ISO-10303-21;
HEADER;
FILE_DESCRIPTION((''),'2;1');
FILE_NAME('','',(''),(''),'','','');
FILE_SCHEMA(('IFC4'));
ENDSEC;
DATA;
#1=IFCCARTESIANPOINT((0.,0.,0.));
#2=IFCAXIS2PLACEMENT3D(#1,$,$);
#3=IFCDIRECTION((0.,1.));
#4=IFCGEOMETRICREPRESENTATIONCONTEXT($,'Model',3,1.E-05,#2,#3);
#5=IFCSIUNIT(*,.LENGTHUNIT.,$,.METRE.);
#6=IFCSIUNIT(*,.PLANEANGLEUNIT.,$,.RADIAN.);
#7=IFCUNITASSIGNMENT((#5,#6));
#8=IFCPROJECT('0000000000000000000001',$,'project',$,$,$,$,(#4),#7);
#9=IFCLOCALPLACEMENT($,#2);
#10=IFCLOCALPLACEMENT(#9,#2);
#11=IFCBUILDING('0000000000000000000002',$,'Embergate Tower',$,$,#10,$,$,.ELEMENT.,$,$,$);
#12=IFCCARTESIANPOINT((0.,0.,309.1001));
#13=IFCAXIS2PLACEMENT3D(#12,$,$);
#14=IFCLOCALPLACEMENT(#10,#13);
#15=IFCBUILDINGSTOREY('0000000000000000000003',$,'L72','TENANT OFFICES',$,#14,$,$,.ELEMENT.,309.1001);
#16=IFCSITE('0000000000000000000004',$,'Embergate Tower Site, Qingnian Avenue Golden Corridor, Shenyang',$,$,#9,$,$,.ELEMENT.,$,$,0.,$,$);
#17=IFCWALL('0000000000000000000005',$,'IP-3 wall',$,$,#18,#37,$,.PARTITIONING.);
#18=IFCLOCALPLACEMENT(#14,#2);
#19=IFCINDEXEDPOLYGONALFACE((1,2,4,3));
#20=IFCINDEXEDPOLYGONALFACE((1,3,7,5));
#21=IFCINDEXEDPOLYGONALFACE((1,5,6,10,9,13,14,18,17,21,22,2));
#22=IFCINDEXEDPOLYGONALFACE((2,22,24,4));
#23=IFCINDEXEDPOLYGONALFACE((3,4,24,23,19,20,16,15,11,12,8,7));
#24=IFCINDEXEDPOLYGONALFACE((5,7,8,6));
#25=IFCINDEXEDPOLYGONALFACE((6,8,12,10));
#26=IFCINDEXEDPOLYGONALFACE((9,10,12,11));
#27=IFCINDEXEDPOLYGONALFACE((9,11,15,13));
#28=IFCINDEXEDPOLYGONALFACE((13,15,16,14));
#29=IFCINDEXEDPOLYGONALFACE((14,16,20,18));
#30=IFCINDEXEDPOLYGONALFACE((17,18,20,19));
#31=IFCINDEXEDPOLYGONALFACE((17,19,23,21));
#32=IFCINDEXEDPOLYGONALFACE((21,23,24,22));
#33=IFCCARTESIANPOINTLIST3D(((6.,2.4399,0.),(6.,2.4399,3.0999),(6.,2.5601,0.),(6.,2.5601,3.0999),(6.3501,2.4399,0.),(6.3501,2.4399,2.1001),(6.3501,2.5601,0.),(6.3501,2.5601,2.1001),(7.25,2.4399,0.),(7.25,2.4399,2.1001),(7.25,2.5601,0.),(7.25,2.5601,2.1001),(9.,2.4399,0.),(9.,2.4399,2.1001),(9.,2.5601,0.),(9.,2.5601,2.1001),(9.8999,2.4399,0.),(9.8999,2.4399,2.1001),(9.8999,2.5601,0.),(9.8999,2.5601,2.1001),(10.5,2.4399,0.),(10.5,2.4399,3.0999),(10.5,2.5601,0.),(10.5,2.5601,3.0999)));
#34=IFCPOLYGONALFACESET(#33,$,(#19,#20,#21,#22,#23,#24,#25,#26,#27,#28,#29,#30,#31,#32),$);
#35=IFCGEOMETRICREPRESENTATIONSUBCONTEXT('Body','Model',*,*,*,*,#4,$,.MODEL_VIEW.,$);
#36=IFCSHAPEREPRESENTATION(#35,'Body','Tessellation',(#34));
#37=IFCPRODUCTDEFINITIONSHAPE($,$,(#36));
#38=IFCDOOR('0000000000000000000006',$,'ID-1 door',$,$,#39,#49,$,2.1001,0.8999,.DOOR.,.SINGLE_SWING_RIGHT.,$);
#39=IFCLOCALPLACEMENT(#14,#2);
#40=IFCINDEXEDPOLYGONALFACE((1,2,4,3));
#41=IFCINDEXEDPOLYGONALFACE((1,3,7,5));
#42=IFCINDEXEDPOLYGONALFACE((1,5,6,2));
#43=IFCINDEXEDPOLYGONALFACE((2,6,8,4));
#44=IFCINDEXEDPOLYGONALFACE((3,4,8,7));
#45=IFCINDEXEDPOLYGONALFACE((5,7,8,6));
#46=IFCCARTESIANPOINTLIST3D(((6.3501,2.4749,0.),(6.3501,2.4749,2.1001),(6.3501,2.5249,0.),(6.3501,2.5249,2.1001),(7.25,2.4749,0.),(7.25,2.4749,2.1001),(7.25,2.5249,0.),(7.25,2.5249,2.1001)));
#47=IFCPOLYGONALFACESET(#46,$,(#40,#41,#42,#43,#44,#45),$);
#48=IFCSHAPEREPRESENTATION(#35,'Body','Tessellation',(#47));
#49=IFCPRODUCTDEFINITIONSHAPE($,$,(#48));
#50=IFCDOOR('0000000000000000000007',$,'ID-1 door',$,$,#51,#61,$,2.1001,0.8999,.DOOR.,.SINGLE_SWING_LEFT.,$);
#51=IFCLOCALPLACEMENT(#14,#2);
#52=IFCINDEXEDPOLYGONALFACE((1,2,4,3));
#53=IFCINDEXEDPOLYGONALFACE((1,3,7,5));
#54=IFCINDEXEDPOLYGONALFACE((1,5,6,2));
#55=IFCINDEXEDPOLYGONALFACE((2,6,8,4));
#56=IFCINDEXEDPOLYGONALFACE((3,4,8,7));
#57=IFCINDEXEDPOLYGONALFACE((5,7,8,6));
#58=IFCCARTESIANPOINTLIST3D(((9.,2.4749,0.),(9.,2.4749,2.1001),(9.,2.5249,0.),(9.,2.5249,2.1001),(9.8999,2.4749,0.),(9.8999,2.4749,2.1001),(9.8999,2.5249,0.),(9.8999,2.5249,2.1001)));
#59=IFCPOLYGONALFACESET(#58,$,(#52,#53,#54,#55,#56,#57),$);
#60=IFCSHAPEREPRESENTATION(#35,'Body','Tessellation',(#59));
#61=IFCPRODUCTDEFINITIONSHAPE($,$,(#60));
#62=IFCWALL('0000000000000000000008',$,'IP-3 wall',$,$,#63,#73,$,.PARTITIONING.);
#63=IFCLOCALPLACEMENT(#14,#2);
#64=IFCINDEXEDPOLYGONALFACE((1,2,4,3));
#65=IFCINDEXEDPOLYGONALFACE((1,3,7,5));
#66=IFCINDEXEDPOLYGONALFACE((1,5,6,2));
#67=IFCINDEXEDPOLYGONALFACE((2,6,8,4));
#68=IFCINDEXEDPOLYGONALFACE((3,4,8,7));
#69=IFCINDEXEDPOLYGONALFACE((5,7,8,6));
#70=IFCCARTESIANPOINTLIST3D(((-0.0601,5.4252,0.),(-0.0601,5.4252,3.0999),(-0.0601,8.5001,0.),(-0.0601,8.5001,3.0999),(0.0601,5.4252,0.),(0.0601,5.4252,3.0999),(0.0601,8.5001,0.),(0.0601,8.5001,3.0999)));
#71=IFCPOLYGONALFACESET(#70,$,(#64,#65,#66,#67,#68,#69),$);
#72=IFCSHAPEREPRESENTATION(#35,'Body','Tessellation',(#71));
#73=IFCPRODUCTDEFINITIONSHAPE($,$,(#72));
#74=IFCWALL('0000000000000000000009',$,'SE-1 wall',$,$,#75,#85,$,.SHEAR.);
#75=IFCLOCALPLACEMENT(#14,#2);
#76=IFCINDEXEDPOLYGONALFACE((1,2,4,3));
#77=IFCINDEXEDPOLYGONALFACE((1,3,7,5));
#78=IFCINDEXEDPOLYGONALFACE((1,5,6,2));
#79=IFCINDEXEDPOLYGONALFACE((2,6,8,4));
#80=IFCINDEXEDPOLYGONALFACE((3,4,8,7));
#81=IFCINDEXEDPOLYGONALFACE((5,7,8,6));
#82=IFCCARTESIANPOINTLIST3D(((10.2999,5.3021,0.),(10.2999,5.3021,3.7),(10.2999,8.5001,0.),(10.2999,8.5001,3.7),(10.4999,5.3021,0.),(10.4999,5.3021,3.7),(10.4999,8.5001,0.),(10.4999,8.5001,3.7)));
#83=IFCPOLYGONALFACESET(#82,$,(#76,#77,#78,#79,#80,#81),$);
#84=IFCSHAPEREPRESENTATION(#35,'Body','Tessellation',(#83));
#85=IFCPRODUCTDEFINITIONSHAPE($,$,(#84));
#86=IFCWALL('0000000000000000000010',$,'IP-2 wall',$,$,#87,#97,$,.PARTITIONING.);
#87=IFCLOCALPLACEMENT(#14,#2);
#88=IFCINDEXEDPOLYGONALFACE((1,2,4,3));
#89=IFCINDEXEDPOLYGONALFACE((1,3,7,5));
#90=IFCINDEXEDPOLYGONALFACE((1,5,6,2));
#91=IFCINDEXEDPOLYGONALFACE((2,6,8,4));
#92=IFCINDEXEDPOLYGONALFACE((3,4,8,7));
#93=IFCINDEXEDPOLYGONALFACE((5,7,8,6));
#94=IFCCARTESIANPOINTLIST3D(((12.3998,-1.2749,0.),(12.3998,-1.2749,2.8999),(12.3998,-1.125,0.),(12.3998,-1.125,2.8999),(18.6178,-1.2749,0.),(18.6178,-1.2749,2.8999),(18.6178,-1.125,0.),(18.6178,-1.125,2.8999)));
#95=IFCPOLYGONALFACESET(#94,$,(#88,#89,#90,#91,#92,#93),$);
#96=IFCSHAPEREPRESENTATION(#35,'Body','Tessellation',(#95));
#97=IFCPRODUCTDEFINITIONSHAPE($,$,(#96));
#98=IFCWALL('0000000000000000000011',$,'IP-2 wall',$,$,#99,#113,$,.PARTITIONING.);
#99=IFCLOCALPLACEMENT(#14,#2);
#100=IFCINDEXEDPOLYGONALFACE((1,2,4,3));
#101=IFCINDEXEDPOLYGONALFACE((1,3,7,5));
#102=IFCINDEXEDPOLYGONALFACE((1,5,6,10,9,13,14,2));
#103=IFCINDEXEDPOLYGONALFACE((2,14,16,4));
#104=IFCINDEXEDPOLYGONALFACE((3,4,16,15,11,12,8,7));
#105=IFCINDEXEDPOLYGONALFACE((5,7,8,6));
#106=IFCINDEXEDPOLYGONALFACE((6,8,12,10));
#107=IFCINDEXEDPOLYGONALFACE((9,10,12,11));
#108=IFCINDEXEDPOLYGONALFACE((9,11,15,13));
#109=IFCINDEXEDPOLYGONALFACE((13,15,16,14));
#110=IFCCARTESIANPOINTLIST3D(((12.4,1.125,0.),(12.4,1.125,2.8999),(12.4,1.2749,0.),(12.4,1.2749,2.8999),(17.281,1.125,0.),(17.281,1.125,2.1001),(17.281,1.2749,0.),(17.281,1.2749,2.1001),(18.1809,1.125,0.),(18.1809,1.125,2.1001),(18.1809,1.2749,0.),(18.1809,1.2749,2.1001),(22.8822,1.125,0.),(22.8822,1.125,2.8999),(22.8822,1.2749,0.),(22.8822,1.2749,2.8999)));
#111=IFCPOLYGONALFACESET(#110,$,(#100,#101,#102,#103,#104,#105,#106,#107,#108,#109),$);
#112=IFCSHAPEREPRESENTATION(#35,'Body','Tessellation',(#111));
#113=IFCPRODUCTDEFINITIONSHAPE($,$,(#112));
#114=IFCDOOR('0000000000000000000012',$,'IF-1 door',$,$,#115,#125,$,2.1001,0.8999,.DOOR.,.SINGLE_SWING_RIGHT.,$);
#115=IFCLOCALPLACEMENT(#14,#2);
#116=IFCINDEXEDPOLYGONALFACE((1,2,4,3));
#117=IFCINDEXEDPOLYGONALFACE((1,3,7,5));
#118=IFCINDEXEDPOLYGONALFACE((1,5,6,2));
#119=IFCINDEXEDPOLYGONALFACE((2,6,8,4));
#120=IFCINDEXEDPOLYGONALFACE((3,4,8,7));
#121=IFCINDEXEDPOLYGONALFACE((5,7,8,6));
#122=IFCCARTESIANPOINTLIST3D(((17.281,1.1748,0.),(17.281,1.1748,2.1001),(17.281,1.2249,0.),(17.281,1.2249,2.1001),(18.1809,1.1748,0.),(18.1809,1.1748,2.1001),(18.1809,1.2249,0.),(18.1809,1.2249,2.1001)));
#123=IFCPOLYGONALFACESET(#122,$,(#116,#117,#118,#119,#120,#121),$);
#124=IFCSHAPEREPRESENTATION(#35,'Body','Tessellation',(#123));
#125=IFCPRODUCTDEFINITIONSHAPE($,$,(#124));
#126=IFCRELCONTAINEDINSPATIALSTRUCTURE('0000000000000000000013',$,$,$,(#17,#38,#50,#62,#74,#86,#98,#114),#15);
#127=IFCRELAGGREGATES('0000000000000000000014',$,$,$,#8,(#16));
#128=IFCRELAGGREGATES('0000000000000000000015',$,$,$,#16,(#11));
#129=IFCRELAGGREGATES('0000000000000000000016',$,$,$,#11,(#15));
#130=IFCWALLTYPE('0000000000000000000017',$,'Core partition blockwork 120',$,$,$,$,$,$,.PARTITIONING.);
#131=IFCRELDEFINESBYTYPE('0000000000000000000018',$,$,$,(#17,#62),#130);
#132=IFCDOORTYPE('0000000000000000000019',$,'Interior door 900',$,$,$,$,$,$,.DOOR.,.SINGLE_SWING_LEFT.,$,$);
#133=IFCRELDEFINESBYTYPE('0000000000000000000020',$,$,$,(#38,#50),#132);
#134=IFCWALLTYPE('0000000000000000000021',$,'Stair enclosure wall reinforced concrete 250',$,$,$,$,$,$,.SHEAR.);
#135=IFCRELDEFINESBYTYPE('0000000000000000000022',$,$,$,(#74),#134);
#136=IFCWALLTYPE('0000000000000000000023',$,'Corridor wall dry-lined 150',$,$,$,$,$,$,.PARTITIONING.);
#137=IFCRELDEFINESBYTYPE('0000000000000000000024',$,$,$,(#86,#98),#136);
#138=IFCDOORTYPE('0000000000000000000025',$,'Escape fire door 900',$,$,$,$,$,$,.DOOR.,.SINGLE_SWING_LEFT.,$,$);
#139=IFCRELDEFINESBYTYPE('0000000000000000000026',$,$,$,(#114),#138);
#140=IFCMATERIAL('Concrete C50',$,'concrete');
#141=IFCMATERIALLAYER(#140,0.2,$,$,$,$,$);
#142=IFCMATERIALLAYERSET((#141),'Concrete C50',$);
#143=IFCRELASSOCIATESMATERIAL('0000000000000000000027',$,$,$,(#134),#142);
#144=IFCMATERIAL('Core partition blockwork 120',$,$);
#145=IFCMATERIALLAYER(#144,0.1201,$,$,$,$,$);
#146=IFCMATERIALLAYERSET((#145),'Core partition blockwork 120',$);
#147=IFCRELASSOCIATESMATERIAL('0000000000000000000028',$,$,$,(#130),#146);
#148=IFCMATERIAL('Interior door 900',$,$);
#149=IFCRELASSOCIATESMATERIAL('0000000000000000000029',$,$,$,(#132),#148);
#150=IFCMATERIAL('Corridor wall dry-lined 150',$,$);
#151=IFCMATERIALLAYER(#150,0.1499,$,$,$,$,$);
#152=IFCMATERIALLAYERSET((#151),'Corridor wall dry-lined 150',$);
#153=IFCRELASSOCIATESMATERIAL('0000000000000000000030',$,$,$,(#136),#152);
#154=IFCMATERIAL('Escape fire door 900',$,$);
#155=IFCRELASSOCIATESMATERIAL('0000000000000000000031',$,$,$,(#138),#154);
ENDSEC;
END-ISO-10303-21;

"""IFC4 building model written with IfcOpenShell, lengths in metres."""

from ifc_helpers import new_model, si_unit, direction, frame, frame_2d, origin, place, context, subcontext, project, spatial, rectangle, extrude, source, transform, mapped, material, layer, layer_set, type_object, element, fill, save


model = new_model("IFC4")

# Units and contexts
model_context = context("Model", 3, precision=1e-05, world=origin(), true_north=direction((0.0, 1.0)))
body_context = subcontext(model_context, "Body", "Model", "MODEL_VIEW")
ifc_project = project(units=[si_unit("LENGTHUNIT", "METRE"), si_unit("PLANEANGLEUNIT", "RADIAN")], contexts=[model_context])

# Site, building, storey
site_placement = place(None, origin())
site = spatial("IfcSite", under=ifc_project, at=site_placement, Name="Embergate Tower Site, Qingnian Avenue Golden Corridor, Shenyang", CompositionType="ELEMENT", RefElevation=0.0)
building_placement = place(site_placement, origin())
building = spatial("IfcBuilding", under=site, at=building_placement, Name="Embergate Tower", CompositionType="ELEMENT")
storey_placement = place(building_placement, frame((0.0, 0.0, 309.1001)))
storey = spatial("IfcBuildingStorey", under=building, at=storey_placement, Name="L72", Description="TENANT OFFICES", CompositionType="ELEMENT", Elevation=309.1001)

# Shared definitions
ifc_material_1 = material(Name="Concrete C50", Category="concrete")

# Shared definitions
ifc_layer_1 = layer(ifc_material_1, 0.2)
ifc_layer_set_1 = layer_set([ifc_layer_1], Name="Concrete C50")
wall_type_1 = type_object("IfcWallType", Name="Stair enclosure wall reinforced concrete 250", PredefinedType="SHEAR", material=ifc_layer_set_1)
ifc_material_2 = material(Name="Core partition blockwork 120")
ifc_layer_2 = layer(ifc_material_2, 0.1201)
ifc_layer_set_2 = layer_set([ifc_layer_2], Name="Core partition blockwork 120")
wall_type_2 = type_object("IfcWallType", Name="Core partition blockwork 120", PredefinedType="PARTITIONING", material=ifc_layer_set_2)

# Wall, openings, doors
shared_shape_1 = source(origin(), body_context, "Body", "SweptSolid", [
    extrude(rectangle(XDim=4.5, YDim=0.1201, at=frame_2d((2.25, 0.0))), origin(), (0.0, 0.0, 1.0), 3.0999),
])
wall_1_placement = place(storey_placement, frame((6.0, 2.5, 0.0), z_axis=(0.0, 0.0, 1.0), x_axis=(1.0, 0.0, 0.0)))
wall_1 = element("IfcWall", 1, at=wall_1_placement, inside=storey, type_object=wall_type_2, Name="IP-3 wall", PredefinedType="PARTITIONING", context=body_context, shape_type="MappedRepresentation", body=[
    mapped(shared_shape_1, transform((0.0, 0.0, 0.0))),
])
shared_shape_2 = source(origin(), body_context, "Body", "SweptSolid", [
    extrude(rectangle(XDim=0.8999, YDim=2.1001, at=frame_2d((0.45, 1.05))), frame((0.0, 0.0701, 0.0), z_axis=(0.0, -1.0, 0.0), x_axis=(1.0, 0.0, 0.0)), (0.0, 0.0, 1.0), 0.1401),
])
opening_1_placement = place(wall_1_placement, frame((0.3501, 0.0, 0.0)))
opening_1 = element("IfcOpeningElement", 2, at=opening_1_placement, cuts=wall_1, PredefinedType="OPENING", context=body_context, shape_type="MappedRepresentation", body=[
    mapped(shared_shape_2, transform((0.0, 0.0, 0.0))),
])
opening_2_placement = place(wall_1_placement, frame((3.0, 0.0, 0.0)))
opening_2 = element("IfcOpeningElement", 3, at=opening_2_placement, cuts=wall_1, PredefinedType="OPENING", context=body_context, shape_type="MappedRepresentation", body=[
    mapped(shared_shape_2, transform((0.0, 0.0, 0.0))),
])
ifc_material_3 = material(Name="Interior door 900")
door_type_1 = type_object("IfcDoorType", Name="Interior door 900", OperationType="SINGLE_SWING_LEFT", PredefinedType="DOOR", material=ifc_material_3)
shared_shape_3 = source(origin(), body_context, "Body", "SweptSolid", [
    extrude(rectangle(XDim=0.8999, YDim=2.1001, at=frame_2d((0.45, 1.05))), frame((0.0, 0.0249, 0.0), z_axis=(0.0, -1.0, 0.0), x_axis=(1.0, 0.0, 0.0)), (0.0, 0.0, 1.0), 0.05),
])
door_1_placement = place(opening_1_placement, origin())
door_1 = element("IfcDoor", 4, at=door_1_placement, inside=storey, type_object=door_type_1, Name="ID-1 door", OperationType="SINGLE_SWING_RIGHT", OverallHeight=2.1001, OverallWidth=0.8999, PredefinedType="DOOR", context=body_context, shape_type="MappedRepresentation", body=[
    mapped(shared_shape_3, transform((0.0, 0.0, 0.0))),
])
fill(opening_1, door_1)
door_2_placement = place(opening_2_placement, origin())
door_2 = element("IfcDoor", 5, at=door_2_placement, inside=storey, type_object=door_type_1, Name="ID-1 door", OperationType="SINGLE_SWING_LEFT", OverallHeight=2.1001, OverallWidth=0.8999, PredefinedType="DOOR", context=body_context, shape_type="MappedRepresentation", body=[
    mapped(shared_shape_3, transform((0.0, 0.0, 0.0))),
])
fill(opening_2, door_2)

# Walls
shared_shape_4 = source(origin(), body_context, "Body", "SweptSolid", [
    extrude(rectangle(XDim=3.075, YDim=0.1201, at=frame_2d((1.5376, 0.0))), origin(), (0.0, 0.0, 1.0), 3.0999),
])
wall_2_placement = place(storey_placement, frame((0.0, 5.425, 0.0), z_axis=(0.0, 0.0, 1.0), x_axis=(0.0, 1.0, 0.0)))
element("IfcWall", 6, at=wall_2_placement, inside=storey, type_object=wall_type_2, Name="IP-3 wall", PredefinedType="PARTITIONING", context=body_context, shape_type="MappedRepresentation", body=[
    mapped(shared_shape_4, transform((0.0, 0.0, 0.0))),
])
shared_shape_5 = source(origin(), body_context, "Body", "SweptSolid", [
    extrude(rectangle(XDim=3.198, YDim=0.2, at=frame_2d((1.5991, 0.0))), origin(), (0.0, 0.0, 1.0), 3.7),
])
wall_3_placement = place(storey_placement, frame((10.3999, 5.302, 0.0), z_axis=(0.0, 0.0, 1.0), x_axis=(0.0, 1.0, 0.0)))
element("IfcWall", 7, at=wall_3_placement, inside=storey, type_object=wall_type_1, Name="SE-1 wall", PredefinedType="SHEAR", context=body_context, shape_type="MappedRepresentation", body=[
    mapped(shared_shape_5, transform((0.0, 0.0, 0.0))),
])
ifc_material_4 = material(Name="Corridor wall dry-lined 150")
ifc_layer_3 = layer(ifc_material_4, 0.1499)
ifc_layer_set_3 = layer_set([ifc_layer_3], Name="Corridor wall dry-lined 150")
wall_type_3 = type_object("IfcWallType", Name="Corridor wall dry-lined 150", PredefinedType="PARTITIONING", material=ifc_layer_set_3)
shared_shape_6 = source(origin(), body_context, "Body", "SweptSolid", [
    extrude(rectangle(XDim=6.218, YDim=0.1499, at=frame_2d((3.1089, 0.0))), origin(), (0.0, 0.0, 1.0), 2.8999),
])
wall_4_placement = place(storey_placement, frame((12.3999, -1.2, 0.0), z_axis=(0.0, 0.0, 1.0), x_axis=(1.0, 0.0, 0.0)))
element("IfcWall", 8, at=wall_4_placement, inside=storey, type_object=wall_type_3, Name="IP-2 wall", PredefinedType="PARTITIONING", context=body_context, shape_type="MappedRepresentation", body=[
    mapped(shared_shape_6, transform((0.0, 0.0, 0.0))),
])

# Wall, opening, door
shared_shape_7 = source(origin(), body_context, "Body", "SweptSolid", [
    extrude(rectangle(XDim=10.4822, YDim=0.1499, at=frame_2d((5.2412, 0.0))), origin(), (0.0, 0.0, 1.0), 2.8999),
])
wall_5_placement = place(storey_placement, frame((12.3999, 1.2, 0.0), z_axis=(0.0, 0.0, 1.0), x_axis=(1.0, 0.0, 0.0)))
wall_5 = element("IfcWall", 9, at=wall_5_placement, inside=storey, type_object=wall_type_3, Name="IP-2 wall", PredefinedType="PARTITIONING", context=body_context, shape_type="MappedRepresentation", body=[
    mapped(shared_shape_7, transform((0.0, 0.0, 0.0))),
])
shared_shape_8 = source(origin(), body_context, "Body", "SweptSolid", [
    extrude(rectangle(XDim=0.8999, YDim=2.1001, at=frame_2d((0.45, 1.05))), frame((0.0, 0.085, 0.0), z_axis=(0.0, -1.0, 0.0), x_axis=(1.0, 0.0, 0.0)), (0.0, 0.0, 1.0), 0.1699),
])
opening_3_placement = place(wall_5_placement, frame((4.8811, 0.0, 0.0)))
opening_3 = element("IfcOpeningElement", 10, at=opening_3_placement, cuts=wall_5, PredefinedType="OPENING", context=body_context, shape_type="MappedRepresentation", body=[
    mapped(shared_shape_8, transform((0.0, 0.0, 0.0))),
])
ifc_material_5 = material(Name="Escape fire door 900")
door_type_2 = type_object("IfcDoorType", Name="Escape fire door 900", OperationType="SINGLE_SWING_LEFT", PredefinedType="DOOR", material=ifc_material_5)
door_3_placement = place(opening_3_placement, origin())
door_3 = element("IfcDoor", 11, at=door_3_placement, inside=storey, type_object=door_type_2, Name="IF-1 door", OperationType="SINGLE_SWING_RIGHT", OverallHeight=2.1001, OverallWidth=0.8999, PredefinedType="DOOR", context=body_context, shape_type="MappedRepresentation", body=[
    mapped(shared_shape_3, transform((0.0, 0.0, 0.0))),
])
fill(opening_3, door_3)

save(model, "model.ifc")
